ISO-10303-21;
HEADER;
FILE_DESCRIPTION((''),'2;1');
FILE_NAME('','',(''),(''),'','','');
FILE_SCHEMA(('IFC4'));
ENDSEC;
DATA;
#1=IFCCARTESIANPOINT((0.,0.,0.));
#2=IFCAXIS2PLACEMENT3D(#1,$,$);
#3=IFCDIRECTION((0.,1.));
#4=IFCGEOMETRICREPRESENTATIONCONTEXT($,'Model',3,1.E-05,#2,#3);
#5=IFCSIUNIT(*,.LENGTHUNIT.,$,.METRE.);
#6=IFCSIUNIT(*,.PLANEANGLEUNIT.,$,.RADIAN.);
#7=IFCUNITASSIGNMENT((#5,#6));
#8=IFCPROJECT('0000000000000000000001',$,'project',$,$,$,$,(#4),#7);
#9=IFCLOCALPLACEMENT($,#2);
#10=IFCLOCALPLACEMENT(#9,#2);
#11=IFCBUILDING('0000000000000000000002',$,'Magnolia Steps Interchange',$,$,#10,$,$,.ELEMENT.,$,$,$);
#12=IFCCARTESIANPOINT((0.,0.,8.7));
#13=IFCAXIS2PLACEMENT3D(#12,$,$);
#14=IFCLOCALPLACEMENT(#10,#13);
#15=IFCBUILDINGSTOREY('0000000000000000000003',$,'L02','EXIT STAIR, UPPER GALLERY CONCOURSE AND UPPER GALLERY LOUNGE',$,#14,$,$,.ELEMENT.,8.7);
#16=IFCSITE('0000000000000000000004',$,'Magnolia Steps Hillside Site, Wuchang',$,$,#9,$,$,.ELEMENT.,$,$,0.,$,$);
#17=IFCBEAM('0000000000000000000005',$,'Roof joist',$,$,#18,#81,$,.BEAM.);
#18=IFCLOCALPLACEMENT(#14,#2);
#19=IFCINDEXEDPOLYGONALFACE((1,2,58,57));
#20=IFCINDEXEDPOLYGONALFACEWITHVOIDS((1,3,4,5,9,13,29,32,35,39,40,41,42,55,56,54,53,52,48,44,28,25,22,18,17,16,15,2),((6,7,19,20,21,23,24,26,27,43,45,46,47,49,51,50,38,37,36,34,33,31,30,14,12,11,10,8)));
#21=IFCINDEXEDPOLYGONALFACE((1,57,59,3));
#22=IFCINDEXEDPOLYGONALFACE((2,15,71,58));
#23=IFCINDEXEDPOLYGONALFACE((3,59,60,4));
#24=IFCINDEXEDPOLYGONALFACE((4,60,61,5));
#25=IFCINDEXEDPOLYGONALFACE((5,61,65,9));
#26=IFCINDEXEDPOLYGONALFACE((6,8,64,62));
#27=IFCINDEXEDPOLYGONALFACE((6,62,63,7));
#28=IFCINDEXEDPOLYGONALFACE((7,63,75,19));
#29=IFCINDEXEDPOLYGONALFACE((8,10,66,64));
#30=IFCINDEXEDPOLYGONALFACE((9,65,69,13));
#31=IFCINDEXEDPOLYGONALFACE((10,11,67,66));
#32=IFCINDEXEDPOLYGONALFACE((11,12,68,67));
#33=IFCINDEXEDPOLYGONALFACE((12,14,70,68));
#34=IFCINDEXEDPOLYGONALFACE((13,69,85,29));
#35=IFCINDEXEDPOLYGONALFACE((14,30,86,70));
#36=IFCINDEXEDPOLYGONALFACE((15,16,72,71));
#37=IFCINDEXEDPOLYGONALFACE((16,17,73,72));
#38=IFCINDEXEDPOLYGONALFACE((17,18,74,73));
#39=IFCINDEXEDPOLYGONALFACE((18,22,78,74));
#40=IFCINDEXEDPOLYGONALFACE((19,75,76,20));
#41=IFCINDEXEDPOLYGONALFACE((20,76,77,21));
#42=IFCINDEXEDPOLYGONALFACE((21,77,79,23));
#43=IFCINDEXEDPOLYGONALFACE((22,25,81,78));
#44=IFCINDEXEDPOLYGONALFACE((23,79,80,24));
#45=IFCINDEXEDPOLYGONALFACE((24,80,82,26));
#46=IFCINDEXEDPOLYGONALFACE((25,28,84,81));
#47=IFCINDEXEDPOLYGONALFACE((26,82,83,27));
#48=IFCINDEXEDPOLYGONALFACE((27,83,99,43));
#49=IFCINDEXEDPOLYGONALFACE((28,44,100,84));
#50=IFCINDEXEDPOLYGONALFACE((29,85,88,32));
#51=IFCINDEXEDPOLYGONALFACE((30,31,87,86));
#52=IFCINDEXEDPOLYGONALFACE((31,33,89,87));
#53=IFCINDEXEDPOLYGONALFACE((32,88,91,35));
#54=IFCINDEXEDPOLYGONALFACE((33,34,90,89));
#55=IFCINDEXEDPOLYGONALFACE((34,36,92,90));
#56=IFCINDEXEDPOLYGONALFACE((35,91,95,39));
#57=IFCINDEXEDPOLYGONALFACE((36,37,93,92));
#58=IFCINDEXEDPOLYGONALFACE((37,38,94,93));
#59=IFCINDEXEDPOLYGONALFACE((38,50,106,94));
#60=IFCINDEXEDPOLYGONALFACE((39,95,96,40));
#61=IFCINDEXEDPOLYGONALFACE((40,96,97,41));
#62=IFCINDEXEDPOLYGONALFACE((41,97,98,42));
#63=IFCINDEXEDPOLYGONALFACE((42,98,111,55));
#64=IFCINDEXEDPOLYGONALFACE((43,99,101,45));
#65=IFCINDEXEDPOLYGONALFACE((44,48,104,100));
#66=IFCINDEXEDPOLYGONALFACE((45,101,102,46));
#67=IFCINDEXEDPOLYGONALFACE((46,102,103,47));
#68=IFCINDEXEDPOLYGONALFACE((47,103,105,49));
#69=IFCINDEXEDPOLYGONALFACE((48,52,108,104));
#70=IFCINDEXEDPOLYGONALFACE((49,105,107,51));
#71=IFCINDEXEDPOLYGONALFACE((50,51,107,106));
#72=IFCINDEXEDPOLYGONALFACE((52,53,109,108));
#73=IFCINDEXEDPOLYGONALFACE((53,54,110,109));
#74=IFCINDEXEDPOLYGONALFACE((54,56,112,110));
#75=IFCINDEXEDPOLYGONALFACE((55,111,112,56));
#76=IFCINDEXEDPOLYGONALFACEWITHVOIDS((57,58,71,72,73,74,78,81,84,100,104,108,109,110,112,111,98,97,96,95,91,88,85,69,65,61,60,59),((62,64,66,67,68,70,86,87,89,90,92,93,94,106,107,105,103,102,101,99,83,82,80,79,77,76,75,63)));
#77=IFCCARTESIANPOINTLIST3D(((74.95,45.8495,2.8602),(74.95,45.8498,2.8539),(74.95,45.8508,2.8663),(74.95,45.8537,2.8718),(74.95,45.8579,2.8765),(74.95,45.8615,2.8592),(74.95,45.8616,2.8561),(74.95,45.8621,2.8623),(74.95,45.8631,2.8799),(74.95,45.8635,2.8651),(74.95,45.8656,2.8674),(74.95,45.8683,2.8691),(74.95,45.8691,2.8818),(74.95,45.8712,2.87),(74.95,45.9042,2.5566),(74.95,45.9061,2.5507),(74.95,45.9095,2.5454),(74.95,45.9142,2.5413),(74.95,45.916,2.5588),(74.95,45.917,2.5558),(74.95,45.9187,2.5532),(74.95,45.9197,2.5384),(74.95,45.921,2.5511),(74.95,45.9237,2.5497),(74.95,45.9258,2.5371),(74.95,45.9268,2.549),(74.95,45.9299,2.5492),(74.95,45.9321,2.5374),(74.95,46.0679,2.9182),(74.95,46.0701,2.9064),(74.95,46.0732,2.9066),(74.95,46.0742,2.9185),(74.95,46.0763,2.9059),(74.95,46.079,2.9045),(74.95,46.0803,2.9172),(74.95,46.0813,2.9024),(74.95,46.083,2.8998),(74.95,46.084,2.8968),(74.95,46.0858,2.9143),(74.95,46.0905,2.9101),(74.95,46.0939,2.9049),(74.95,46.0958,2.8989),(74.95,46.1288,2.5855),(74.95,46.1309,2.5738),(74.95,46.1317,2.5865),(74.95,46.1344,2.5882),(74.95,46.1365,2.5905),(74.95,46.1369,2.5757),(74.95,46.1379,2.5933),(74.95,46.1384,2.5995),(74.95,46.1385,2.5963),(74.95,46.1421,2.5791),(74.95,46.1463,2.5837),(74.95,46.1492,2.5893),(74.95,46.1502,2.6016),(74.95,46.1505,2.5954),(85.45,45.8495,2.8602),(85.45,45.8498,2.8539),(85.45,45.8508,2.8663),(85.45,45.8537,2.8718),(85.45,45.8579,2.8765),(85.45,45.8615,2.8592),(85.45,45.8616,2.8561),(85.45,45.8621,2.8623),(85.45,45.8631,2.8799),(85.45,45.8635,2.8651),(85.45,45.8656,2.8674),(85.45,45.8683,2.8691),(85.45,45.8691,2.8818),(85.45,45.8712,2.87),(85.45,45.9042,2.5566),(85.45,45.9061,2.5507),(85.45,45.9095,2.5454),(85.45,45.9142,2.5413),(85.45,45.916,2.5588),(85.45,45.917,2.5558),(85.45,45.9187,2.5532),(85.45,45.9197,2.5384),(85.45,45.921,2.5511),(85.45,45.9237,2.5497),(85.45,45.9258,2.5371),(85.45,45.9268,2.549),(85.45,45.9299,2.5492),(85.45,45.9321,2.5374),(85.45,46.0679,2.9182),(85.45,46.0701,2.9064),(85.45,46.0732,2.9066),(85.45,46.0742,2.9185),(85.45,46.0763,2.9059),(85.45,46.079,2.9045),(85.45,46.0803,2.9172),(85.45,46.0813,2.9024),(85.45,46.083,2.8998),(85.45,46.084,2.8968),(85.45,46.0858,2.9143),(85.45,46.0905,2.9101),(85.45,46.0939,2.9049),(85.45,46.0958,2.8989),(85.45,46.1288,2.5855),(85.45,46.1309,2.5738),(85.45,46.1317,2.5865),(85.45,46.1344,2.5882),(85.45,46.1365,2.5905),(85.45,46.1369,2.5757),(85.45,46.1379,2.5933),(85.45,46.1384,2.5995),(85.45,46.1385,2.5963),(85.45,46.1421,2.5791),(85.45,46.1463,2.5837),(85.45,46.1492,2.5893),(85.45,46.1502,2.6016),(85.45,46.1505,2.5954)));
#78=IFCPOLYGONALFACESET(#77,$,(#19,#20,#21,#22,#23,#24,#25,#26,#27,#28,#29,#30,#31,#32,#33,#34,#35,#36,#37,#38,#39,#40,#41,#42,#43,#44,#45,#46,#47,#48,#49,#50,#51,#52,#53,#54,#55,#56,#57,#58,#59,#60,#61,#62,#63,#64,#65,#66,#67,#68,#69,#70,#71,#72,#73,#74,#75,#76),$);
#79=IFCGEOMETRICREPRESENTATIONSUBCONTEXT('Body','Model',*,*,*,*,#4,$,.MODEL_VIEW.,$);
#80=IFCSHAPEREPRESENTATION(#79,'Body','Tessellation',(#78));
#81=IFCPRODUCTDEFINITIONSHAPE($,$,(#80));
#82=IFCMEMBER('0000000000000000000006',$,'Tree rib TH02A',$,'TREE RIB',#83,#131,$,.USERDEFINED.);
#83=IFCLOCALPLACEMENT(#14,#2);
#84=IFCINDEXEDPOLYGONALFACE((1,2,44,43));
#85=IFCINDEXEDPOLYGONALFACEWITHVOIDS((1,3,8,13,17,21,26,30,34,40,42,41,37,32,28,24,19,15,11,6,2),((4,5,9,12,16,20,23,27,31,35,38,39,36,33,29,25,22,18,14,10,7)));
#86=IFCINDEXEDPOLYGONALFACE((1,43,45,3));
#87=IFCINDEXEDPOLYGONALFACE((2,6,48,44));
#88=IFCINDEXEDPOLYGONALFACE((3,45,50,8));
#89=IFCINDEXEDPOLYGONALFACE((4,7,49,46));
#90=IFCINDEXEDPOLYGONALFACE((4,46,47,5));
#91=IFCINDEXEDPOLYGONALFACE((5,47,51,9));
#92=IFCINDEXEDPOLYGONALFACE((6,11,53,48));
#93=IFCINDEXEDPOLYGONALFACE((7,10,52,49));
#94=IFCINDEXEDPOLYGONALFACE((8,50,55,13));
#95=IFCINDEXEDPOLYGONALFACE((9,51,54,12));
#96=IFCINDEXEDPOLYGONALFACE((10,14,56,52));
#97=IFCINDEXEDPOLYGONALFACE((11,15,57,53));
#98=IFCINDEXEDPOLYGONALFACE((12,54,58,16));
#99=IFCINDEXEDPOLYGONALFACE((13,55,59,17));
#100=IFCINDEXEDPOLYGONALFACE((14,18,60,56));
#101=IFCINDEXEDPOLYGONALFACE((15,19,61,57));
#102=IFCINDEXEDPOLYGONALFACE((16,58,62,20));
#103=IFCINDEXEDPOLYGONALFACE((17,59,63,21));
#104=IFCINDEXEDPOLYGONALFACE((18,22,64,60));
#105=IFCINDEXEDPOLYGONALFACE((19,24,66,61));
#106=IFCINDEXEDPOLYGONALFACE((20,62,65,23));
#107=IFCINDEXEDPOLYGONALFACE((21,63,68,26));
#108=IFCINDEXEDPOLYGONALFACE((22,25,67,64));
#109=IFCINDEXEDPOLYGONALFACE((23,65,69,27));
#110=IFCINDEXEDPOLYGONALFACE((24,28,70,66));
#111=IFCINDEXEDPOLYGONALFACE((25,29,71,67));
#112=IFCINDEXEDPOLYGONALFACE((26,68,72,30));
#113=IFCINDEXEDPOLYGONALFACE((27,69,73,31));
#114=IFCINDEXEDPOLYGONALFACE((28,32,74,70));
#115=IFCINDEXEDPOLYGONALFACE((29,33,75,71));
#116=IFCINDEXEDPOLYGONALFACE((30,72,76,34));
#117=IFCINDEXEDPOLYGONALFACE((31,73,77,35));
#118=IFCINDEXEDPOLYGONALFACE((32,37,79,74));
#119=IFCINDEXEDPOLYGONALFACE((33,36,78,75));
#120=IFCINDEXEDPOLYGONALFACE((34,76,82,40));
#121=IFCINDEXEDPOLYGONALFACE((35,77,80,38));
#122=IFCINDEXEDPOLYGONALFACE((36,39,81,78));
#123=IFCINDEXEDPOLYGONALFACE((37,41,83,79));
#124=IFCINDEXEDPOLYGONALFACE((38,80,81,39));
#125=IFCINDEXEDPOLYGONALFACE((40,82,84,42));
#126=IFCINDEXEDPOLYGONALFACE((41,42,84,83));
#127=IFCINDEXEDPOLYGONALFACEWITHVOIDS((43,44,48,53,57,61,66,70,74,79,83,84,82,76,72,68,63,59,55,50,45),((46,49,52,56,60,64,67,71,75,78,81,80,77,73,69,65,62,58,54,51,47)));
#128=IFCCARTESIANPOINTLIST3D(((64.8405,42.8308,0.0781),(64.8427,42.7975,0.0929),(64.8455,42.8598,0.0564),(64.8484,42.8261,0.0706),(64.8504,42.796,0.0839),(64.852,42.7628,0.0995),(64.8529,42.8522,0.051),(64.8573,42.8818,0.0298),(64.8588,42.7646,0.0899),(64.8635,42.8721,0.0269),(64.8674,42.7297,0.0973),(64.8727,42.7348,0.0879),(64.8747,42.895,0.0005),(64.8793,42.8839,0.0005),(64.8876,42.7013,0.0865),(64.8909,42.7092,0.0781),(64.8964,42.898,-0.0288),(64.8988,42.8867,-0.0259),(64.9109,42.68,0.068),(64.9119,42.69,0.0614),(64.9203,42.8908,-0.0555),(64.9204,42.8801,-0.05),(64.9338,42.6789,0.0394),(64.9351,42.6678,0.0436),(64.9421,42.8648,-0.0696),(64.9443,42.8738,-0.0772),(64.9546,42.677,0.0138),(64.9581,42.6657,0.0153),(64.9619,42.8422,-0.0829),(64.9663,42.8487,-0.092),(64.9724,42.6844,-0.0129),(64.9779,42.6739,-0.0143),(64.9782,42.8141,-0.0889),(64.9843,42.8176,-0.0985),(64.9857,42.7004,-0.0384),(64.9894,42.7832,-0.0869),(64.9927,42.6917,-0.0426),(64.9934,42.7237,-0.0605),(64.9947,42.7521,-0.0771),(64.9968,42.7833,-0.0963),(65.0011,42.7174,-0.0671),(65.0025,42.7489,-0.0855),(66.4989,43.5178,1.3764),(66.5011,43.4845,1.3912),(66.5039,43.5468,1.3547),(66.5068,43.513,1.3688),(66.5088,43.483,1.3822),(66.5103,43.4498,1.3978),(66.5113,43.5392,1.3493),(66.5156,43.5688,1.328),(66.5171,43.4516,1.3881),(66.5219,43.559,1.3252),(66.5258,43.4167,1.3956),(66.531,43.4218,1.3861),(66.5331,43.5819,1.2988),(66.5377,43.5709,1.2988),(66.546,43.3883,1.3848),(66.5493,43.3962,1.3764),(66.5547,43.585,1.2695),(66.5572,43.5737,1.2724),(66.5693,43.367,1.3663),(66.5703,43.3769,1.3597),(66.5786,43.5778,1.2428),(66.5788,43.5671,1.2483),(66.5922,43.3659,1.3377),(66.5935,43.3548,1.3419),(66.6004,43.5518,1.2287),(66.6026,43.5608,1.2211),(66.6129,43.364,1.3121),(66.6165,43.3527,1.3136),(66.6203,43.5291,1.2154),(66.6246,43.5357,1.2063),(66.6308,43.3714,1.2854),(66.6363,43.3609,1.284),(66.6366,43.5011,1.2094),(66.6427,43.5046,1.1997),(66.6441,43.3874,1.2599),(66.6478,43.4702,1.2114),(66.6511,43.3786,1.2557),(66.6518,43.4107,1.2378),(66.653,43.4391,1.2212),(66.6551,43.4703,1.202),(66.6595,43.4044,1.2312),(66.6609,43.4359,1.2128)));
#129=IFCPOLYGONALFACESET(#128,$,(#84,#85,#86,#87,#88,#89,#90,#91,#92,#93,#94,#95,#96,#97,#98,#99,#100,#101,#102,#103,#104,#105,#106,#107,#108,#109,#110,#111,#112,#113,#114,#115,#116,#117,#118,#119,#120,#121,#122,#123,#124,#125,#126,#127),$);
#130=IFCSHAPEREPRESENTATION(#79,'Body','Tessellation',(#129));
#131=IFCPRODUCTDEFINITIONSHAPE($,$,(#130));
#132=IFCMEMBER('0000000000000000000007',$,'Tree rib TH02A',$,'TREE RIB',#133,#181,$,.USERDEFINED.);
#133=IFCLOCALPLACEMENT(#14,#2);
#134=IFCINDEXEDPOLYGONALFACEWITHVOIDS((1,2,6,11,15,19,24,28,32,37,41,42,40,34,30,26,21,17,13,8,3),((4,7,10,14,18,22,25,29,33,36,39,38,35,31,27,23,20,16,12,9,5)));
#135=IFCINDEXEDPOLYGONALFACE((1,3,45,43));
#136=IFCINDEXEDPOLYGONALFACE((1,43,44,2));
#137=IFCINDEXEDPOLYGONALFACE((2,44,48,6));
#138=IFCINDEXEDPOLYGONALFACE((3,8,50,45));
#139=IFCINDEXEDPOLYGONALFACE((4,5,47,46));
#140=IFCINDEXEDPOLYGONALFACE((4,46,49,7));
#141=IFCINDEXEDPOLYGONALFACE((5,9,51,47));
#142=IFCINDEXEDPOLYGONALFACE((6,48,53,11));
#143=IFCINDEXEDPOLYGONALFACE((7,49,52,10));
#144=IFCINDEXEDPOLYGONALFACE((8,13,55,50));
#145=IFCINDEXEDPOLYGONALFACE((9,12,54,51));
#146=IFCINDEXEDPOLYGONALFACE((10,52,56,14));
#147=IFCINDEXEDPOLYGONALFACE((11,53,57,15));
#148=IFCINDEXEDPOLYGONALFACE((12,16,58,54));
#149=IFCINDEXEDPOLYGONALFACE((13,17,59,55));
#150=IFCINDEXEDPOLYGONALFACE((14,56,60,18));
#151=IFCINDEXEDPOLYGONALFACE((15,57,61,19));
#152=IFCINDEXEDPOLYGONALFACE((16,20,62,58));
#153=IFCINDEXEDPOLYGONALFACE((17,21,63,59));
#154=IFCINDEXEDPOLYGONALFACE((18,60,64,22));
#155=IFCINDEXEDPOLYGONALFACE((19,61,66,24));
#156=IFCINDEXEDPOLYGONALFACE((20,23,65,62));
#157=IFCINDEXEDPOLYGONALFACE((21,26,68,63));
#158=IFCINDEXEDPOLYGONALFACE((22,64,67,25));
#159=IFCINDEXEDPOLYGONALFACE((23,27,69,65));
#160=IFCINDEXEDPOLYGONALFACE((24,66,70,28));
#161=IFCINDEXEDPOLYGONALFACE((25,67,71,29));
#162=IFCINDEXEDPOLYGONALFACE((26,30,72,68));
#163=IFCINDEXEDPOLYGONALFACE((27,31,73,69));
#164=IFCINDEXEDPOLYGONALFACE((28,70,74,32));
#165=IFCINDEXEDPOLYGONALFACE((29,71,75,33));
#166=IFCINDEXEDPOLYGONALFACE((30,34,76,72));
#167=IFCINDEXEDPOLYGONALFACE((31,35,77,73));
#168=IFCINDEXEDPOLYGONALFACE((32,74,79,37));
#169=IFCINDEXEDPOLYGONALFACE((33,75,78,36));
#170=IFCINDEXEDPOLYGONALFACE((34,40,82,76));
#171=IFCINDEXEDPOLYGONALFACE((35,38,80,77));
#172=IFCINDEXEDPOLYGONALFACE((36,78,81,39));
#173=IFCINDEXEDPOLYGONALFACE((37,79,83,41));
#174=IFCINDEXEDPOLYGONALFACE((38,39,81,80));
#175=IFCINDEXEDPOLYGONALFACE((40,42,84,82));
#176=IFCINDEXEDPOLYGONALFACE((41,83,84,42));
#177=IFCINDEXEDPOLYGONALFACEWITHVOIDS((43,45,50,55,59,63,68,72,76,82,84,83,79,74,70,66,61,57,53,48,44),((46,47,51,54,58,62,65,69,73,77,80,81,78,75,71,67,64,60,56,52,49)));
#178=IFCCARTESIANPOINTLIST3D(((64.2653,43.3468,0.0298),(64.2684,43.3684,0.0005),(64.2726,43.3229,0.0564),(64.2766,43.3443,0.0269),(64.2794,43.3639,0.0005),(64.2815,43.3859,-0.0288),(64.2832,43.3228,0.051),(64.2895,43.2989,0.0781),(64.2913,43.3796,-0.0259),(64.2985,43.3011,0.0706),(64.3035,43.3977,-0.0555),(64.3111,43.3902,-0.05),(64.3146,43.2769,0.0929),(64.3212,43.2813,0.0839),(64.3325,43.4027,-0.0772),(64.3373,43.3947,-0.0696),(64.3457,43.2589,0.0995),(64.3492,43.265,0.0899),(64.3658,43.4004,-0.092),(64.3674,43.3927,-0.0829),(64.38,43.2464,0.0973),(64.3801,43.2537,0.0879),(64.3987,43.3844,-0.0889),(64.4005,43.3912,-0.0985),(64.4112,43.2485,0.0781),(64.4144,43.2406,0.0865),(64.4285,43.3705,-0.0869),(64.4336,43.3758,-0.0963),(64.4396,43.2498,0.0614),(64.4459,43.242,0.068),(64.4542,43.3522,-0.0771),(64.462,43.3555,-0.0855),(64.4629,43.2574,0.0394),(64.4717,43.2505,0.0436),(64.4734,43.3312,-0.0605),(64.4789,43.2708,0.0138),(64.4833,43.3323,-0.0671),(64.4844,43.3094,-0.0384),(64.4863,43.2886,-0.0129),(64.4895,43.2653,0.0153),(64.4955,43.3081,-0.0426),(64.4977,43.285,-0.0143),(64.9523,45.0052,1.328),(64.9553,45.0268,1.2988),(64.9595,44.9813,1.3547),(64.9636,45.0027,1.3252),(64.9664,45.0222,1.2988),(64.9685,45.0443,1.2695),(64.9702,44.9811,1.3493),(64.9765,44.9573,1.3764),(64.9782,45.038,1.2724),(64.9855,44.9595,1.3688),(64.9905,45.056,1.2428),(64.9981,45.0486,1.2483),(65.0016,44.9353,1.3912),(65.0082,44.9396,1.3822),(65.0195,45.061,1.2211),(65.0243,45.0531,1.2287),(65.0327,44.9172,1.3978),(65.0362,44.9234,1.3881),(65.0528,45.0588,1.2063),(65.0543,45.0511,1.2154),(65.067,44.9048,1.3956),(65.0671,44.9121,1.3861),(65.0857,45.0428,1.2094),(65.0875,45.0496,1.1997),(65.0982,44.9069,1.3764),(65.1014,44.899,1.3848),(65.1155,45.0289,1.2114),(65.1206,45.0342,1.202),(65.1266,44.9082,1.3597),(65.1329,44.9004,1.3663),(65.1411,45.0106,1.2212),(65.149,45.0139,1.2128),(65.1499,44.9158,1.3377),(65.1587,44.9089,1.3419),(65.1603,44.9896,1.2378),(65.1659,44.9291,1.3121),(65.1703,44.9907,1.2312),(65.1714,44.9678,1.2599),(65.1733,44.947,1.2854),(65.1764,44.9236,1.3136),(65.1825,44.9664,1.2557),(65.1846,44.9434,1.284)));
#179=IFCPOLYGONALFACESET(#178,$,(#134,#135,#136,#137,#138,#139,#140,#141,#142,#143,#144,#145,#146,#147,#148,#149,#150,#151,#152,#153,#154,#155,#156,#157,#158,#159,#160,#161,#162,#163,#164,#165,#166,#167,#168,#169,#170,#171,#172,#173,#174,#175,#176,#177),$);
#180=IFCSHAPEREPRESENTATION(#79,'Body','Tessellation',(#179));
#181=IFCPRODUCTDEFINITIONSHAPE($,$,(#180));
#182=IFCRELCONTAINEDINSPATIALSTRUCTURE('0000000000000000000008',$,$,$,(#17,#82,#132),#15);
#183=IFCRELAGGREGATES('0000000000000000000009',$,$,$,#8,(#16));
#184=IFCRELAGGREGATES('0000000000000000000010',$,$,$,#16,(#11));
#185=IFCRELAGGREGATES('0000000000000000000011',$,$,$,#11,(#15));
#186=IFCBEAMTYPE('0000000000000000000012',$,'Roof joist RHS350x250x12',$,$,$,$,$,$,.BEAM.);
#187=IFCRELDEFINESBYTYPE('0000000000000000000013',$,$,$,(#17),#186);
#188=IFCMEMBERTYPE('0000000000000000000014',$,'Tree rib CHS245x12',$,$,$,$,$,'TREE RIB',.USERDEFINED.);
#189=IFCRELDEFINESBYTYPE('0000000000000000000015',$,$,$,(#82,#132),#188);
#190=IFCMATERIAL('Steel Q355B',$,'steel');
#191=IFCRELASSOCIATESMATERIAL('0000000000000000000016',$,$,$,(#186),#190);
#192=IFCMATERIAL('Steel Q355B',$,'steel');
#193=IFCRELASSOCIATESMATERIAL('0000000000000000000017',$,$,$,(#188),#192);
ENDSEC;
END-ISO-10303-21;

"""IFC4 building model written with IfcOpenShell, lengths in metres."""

from ifc_helpers import new_model, si_unit, direction, frame, origin, origin_2d, place, context, subcontext, project, spatial, hollow_rectangle, hollow_circle, extrude, material, material_profile, profile_set, type_object, element, save


model = new_model("IFC4")

# Units and contexts
model_context = context("Model", 3, precision=1e-05, world=origin(), true_north=direction((0.0, 1.0)))
body_context = subcontext(model_context, "Body", "Model", "MODEL_VIEW")
ifc_project = project(units=[si_unit("LENGTHUNIT", "METRE"), si_unit("PLANEANGLEUNIT", "RADIAN")], contexts=[model_context])

# Site, building, storey
site_placement = place(None, origin())
site = spatial("IfcSite", under=ifc_project, at=site_placement, Name="Magnolia Steps Hillside Site, Wuchang", CompositionType="ELEMENT", RefElevation=0.0)
building_placement = place(site_placement, origin())
building = spatial("IfcBuilding", under=site, at=building_placement, Name="Magnolia Steps Interchange", CompositionType="ELEMENT")
storey_placement = place(building_placement, frame((0.0, 0.0, 8.7)))
storey = spatial("IfcBuildingStorey", under=building, at=storey_placement, Name="L02", Description="EXIT STAIR, UPPER GALLERY CONCOURSE AND UPPER GALLERY LOUNGE", CompositionType="ELEMENT", Elevation=8.7)

# Beam
ifc_material_1 = material(Name="Steel Q355B", Category="steel")
ifc_material_profile_1 = material_profile(ifc_material_1, hollow_rectangle(XDim=0.25, YDim=0.3501, WallThickness=0.012, InnerFilletRadius=0.012, OuterFilletRadius=0.0239, at=origin_2d()), Name="RHS350x250x12")
ifc_profile_set_1 = profile_set([ifc_material_profile_1], Name="Steel Q355B")
beam_type_1 = type_object("IfcBeamType", Name="Roof joist RHS350x250x12", PredefinedType="BEAM", material=ifc_profile_set_1)
beam_1_placement = place(storey_placement, frame((74.95, 46.0, 2.7278), z_axis=(1.0, 0.0, 0.0), x_axis=(0.0, 0.983677, 0.179941)))
element("IfcBeam", 1, at=beam_1_placement, inside=storey, type_object=beam_type_1, Name="Roof joist", PredefinedType="BEAM", context=body_context, shape_type="SweptSolid", body=[
    extrude(hollow_rectangle(XDim=0.25, YDim=0.3501, WallThickness=0.012, InnerFilletRadius=0.012, OuterFilletRadius=0.0239, at=origin_2d()), origin(), (0.0, 0.0, 1.0), 10.5),
])

# Members
ifc_material_2 = material(Name="Steel Q355B", Category="steel")
ifc_material_profile_2 = material_profile(ifc_material_2, hollow_circle(Radius=0.1226, WallThickness=0.012, at=origin_2d()), Name="CHS245x12")
ifc_profile_set_2 = profile_set([ifc_material_profile_2], Name="Steel Q355B")
member_type = type_object("IfcMemberType", Name="Tree rib CHS245x12", ElementType="TREE RIB", PredefinedType="USERDEFINED", material=ifc_profile_set_2)
for number, where, z_axis, x_axis, name in (
    (2, (64.9216, 42.7817, 0.0005), (0.74859, 0.310103, 0.586045), (-0.382712, 0.923868, 0.0), "Tree rib TH02A"),
    (3, (64.3816, 43.3215, 0.0005), (0.310103, 0.74859, 0.586045), (-0.923868, 0.382712, 0.0), "Tree rib TH02A"),
):
    element("IfcMember", number, at=place(storey_placement, frame(where, z_axis=z_axis, x_axis=x_axis)), inside=storey, type_object=member_type, Name=name, ObjectType="TREE RIB", PredefinedType="USERDEFINED", context=body_context, shape_type="SweptSolid", body=[
        extrude(hollow_circle(Radius=0.1226, WallThickness=0.012, at=origin_2d()), origin(), (0.0, 0.0, 1.0), 2.2153),
    ])

save(model, "model.ifc")
